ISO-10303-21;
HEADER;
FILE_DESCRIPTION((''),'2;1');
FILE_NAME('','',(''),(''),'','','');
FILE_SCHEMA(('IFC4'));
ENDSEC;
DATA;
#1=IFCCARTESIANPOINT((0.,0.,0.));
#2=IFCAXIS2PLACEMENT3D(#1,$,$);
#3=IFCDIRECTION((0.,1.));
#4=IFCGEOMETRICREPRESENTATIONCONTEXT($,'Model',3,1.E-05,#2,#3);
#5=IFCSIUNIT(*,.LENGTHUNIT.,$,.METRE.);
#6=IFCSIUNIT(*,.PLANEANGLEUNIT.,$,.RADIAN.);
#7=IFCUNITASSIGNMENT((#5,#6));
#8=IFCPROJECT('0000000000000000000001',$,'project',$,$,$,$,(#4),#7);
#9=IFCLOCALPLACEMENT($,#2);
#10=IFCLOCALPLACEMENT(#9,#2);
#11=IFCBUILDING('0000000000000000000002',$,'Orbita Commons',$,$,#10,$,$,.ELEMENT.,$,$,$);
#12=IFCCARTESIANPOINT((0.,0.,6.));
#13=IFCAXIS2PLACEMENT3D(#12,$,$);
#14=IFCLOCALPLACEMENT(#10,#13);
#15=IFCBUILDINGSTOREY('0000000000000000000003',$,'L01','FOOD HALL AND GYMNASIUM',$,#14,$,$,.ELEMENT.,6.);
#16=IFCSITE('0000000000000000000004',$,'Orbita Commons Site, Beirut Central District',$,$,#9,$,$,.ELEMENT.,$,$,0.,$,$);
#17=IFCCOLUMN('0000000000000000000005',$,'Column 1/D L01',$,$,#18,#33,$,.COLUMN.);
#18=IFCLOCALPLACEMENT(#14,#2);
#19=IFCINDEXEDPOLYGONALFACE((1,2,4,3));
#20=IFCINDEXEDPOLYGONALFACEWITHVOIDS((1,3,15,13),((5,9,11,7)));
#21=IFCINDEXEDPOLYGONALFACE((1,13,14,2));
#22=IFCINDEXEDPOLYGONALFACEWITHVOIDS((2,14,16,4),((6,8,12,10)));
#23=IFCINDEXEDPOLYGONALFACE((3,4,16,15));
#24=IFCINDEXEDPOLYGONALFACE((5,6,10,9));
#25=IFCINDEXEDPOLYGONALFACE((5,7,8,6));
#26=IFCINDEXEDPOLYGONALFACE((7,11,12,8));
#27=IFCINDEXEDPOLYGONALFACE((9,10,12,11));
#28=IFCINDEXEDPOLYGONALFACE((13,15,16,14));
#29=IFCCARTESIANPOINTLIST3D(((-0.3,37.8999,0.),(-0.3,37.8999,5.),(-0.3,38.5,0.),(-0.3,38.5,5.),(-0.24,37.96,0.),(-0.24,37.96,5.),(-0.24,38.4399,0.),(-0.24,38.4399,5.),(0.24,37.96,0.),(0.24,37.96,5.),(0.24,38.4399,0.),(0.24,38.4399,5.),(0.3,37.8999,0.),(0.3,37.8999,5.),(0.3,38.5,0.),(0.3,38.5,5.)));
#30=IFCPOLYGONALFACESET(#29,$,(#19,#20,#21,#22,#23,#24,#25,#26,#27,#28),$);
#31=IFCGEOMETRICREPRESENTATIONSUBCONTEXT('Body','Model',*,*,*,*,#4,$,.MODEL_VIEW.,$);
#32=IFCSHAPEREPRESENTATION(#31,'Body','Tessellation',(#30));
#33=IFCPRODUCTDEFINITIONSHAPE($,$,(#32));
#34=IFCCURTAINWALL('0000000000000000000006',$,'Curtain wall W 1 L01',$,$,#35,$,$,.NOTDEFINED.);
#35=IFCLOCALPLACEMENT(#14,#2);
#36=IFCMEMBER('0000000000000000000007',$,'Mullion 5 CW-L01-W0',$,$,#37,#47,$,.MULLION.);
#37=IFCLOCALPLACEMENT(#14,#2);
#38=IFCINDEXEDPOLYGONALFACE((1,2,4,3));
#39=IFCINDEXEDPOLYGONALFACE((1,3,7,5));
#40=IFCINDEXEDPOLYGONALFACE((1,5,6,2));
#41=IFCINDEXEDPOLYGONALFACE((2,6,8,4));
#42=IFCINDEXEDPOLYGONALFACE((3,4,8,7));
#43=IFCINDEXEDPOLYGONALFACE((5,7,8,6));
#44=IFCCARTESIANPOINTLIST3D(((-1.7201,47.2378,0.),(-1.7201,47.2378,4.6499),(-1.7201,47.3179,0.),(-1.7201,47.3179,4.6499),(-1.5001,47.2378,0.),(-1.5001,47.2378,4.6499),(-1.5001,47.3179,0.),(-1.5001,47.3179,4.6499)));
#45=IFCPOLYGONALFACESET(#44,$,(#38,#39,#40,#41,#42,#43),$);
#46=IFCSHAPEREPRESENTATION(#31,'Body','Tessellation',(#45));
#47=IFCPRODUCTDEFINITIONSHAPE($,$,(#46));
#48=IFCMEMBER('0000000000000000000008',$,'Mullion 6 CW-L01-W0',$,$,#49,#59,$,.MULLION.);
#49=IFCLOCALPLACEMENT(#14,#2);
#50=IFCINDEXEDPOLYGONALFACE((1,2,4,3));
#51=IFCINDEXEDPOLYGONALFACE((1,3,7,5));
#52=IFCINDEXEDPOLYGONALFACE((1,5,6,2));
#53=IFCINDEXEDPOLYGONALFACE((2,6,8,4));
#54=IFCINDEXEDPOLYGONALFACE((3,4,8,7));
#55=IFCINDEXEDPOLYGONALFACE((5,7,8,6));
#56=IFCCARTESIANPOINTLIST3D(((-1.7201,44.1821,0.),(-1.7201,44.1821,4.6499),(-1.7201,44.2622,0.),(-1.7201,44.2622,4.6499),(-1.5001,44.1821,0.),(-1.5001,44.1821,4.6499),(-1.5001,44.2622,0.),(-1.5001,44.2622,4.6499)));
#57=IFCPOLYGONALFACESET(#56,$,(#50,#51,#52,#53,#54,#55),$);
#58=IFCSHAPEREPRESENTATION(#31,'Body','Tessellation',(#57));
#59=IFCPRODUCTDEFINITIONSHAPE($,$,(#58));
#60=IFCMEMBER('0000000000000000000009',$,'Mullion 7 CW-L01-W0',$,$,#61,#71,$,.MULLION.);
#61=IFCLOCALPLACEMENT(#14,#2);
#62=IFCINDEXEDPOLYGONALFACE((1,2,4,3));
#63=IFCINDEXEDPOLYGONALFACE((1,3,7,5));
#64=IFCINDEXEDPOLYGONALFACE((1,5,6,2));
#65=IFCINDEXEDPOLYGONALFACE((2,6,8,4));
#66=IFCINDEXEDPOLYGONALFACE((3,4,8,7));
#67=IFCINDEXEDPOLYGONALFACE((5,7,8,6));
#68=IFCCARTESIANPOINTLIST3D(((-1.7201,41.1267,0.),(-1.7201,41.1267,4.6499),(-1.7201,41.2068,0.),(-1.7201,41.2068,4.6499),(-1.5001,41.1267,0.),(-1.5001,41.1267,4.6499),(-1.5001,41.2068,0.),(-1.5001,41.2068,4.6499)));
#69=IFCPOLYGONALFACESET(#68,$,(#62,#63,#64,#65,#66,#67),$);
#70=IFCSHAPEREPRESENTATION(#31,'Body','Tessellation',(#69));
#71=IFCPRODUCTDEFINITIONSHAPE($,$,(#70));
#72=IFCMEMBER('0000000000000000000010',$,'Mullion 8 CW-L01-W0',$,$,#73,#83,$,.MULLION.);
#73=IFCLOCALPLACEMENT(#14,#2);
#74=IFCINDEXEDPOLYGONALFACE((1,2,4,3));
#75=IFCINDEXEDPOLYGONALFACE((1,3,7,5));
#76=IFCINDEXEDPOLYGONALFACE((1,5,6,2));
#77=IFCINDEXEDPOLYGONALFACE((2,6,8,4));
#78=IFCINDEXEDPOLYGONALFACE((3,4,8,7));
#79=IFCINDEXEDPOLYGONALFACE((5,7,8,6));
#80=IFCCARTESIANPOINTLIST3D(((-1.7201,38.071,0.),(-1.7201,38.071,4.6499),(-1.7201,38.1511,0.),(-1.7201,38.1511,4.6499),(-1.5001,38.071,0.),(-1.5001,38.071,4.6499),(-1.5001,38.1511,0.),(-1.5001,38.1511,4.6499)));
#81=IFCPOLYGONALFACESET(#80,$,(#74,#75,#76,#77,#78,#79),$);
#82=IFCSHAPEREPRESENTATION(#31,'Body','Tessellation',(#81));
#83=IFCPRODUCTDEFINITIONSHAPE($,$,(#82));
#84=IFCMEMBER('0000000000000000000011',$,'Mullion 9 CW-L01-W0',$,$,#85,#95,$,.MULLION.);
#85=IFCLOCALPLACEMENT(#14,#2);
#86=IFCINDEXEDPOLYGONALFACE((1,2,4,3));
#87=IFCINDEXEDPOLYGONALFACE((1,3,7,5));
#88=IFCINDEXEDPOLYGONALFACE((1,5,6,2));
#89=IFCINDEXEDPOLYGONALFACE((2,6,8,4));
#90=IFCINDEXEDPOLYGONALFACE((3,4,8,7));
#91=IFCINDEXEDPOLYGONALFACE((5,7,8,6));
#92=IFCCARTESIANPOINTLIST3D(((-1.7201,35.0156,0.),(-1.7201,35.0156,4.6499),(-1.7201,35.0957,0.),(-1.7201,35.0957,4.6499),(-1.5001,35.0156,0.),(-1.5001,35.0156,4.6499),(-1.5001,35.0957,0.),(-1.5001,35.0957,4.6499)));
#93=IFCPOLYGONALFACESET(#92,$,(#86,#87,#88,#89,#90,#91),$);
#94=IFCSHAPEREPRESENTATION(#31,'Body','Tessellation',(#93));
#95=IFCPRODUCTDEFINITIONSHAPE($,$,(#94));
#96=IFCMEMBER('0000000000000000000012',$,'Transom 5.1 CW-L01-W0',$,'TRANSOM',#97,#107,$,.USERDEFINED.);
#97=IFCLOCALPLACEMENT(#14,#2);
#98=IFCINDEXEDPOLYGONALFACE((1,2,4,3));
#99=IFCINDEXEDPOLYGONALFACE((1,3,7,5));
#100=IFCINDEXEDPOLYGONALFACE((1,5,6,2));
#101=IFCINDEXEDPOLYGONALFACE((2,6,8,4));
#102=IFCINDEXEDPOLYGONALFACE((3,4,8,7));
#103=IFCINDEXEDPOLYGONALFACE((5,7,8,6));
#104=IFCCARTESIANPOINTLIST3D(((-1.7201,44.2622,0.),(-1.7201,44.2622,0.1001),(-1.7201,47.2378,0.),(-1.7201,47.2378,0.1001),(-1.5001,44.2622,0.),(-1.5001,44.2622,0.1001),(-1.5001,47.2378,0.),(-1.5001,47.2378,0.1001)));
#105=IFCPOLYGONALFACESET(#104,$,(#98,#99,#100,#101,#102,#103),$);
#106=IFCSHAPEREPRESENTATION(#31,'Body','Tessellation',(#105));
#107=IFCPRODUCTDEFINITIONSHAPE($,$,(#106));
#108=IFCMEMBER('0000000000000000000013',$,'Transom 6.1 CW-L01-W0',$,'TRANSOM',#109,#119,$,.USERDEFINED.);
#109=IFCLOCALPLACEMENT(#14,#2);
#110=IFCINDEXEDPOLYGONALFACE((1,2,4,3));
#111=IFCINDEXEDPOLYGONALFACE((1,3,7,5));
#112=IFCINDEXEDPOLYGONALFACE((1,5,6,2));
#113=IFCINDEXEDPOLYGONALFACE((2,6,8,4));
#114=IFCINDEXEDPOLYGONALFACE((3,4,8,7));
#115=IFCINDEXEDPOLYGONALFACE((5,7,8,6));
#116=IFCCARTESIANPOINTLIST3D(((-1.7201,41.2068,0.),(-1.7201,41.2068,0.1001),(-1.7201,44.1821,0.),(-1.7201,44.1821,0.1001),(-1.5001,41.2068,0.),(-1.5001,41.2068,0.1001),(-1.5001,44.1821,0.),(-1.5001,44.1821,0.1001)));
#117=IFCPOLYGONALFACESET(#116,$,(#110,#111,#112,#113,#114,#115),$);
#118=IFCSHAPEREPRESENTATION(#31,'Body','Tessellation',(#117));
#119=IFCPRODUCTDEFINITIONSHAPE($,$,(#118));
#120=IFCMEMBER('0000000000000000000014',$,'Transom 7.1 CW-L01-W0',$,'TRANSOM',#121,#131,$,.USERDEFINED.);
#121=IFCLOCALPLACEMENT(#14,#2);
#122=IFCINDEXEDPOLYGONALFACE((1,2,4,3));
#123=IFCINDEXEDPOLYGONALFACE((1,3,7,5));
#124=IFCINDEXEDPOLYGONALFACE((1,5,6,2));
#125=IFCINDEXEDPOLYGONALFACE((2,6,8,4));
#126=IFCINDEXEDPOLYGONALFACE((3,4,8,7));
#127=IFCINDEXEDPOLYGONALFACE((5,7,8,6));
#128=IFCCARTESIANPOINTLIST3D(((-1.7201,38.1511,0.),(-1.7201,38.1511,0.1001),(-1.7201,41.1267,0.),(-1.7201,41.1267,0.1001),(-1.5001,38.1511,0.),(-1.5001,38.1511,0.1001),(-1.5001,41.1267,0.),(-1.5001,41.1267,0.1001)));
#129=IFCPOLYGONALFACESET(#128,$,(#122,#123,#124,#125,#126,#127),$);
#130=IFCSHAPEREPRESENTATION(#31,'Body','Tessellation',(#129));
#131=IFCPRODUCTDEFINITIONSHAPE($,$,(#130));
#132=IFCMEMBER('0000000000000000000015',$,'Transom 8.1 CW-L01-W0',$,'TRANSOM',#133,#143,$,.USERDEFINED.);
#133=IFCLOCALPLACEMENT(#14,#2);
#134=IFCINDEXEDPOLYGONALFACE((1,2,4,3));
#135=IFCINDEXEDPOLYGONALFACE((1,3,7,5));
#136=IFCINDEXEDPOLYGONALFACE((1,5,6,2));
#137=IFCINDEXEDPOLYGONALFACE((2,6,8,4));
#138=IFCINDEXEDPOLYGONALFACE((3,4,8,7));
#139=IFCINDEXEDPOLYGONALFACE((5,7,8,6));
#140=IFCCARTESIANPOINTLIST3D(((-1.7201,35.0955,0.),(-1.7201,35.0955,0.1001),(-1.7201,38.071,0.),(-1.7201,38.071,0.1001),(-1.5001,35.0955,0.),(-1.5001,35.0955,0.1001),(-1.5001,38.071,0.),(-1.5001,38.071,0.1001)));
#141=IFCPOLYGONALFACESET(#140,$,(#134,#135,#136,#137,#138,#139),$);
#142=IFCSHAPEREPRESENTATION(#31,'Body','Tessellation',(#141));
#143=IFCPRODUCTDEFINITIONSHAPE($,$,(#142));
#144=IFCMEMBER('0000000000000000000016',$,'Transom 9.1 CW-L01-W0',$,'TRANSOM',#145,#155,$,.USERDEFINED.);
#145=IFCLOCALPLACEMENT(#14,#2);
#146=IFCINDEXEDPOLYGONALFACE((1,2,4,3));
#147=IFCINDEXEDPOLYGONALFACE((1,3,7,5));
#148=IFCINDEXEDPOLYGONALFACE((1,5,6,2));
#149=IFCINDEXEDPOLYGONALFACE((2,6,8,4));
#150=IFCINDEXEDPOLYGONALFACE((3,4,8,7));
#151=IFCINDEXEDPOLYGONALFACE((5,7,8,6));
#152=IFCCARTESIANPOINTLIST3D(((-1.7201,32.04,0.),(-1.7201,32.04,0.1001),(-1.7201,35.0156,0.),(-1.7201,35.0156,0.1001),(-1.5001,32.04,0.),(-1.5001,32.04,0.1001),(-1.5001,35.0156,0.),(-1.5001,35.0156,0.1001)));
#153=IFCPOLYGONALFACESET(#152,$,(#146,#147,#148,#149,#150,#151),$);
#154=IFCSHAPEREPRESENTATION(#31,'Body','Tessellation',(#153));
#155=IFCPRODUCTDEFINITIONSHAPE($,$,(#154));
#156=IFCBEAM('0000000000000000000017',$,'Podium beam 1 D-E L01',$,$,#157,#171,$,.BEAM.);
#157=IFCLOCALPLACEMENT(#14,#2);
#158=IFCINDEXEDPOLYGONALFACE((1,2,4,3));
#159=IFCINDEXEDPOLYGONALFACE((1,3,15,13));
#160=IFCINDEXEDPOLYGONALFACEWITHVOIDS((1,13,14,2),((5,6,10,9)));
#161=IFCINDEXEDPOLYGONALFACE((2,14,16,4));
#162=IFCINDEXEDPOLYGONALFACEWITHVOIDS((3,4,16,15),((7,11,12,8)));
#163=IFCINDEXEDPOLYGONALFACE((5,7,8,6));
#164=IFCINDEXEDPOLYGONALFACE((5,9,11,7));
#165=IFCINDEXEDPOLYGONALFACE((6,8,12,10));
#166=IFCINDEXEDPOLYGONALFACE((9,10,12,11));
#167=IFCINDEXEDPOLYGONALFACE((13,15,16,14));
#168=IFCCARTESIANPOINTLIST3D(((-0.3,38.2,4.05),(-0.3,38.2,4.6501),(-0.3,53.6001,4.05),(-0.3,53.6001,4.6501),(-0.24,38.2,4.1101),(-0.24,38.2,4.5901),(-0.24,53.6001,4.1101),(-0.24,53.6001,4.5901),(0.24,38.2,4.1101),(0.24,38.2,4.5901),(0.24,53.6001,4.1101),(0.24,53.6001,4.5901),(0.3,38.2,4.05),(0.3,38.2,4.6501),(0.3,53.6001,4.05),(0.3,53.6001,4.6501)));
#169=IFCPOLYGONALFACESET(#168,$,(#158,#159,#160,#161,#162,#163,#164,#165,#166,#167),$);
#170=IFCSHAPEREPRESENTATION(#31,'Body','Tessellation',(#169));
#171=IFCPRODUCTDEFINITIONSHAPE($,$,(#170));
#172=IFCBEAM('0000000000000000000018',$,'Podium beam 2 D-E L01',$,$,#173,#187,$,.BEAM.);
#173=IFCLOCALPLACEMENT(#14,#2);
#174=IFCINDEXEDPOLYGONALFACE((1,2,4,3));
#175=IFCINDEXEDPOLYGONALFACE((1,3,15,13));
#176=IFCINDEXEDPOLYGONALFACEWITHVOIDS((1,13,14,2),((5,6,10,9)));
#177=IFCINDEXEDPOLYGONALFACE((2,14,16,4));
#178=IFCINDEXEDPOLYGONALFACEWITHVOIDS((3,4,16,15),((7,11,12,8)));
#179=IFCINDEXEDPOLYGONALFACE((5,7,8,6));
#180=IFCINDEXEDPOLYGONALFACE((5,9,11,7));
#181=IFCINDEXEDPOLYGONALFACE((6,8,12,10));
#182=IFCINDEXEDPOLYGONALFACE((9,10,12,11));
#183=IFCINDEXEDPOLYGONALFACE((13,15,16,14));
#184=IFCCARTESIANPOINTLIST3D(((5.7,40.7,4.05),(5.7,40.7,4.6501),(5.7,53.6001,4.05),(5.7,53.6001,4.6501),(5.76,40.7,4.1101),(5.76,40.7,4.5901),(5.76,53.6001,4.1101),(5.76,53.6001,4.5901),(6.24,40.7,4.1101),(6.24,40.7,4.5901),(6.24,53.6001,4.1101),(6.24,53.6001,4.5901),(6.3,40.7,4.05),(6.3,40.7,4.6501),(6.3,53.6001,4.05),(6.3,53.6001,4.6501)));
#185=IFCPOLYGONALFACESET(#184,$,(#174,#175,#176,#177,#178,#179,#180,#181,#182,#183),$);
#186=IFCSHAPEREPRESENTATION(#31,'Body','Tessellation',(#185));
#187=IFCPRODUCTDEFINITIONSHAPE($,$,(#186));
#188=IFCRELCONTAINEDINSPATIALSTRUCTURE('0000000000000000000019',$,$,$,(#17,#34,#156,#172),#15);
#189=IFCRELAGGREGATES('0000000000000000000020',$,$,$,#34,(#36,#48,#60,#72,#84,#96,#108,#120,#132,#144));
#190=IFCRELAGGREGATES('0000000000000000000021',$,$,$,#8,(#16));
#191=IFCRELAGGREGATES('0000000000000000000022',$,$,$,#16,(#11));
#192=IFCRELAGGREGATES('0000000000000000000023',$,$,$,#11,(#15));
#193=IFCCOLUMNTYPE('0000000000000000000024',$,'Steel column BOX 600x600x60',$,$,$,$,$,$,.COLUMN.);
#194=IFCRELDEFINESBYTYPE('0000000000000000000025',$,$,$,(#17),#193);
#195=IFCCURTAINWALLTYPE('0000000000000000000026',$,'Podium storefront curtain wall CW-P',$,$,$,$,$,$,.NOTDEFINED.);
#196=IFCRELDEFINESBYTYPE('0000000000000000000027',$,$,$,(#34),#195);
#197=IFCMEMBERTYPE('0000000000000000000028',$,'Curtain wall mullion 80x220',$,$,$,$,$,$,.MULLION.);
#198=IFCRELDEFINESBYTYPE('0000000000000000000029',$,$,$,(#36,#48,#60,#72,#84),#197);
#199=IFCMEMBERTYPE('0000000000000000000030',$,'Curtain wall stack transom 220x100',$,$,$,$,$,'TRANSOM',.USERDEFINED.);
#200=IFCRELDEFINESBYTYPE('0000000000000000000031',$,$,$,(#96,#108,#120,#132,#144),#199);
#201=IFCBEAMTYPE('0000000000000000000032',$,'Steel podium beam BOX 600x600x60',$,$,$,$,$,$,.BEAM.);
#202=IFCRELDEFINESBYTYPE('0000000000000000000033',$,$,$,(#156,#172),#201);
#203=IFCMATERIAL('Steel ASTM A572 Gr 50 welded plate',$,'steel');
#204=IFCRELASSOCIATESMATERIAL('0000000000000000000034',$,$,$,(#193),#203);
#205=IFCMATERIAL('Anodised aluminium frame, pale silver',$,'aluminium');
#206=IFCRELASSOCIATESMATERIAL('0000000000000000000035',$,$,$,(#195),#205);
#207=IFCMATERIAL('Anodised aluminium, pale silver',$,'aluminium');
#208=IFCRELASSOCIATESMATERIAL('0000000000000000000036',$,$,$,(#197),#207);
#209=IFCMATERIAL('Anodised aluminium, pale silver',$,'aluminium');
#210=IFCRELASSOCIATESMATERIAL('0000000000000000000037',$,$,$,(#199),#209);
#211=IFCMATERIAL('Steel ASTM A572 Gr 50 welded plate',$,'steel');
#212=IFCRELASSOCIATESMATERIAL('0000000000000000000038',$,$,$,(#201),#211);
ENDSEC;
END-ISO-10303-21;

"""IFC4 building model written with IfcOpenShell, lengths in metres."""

from ifc_helpers import new_model, si_unit, direction, frame, origin, origin_2d, place, context, subcontext, project, spatial, rectangle, hollow_rectangle, extrude, material, material_profile, profile_set, type_object, element, aggregate, save


model = new_model("IFC4")

# Units and contexts
model_context = context("Model", 3, precision=1e-05, world=origin(), true_north=direction((0.0, 1.0)))
body_context = subcontext(model_context, "Body", "Model", "MODEL_VIEW")
ifc_project = project(units=[si_unit("LENGTHUNIT", "METRE"), si_unit("PLANEANGLEUNIT", "RADIAN")], contexts=[model_context])

# Site, building, storey
site_placement = place(None, origin())
site = spatial("IfcSite", under=ifc_project, at=site_placement, Name="Orbita Commons Site, Beirut Central District", CompositionType="ELEMENT", RefElevation=0.0)
building_placement = place(site_placement, origin())
building = spatial("IfcBuilding", under=site, at=building_placement, Name="Orbita Commons", CompositionType="ELEMENT")
storey_placement = place(building_placement, frame((0.0, 0.0, 6.0)))
storey = spatial("IfcBuildingStorey", under=building, at=storey_placement, Name="L01", Description="FOOD HALL AND GYMNASIUM", CompositionType="ELEMENT", Elevation=6.0)

# Column
ifc_material_1 = material(Name="Steel ASTM A572 Gr 50 welded plate", Category="steel")
ifc_material_profile_1 = material_profile(ifc_material_1, hollow_rectangle(XDim=0.6001, YDim=0.6001, WallThickness=0.0601, at=origin_2d()), Name="BOX 600x600x60")
ifc_profile_set_1 = profile_set([ifc_material_profile_1], Name="Steel ASTM A572 Gr 50 welded plate")
column_type = type_object("IfcColumnType", Name="Steel column BOX 600x600x60", PredefinedType="COLUMN", material=ifc_profile_set_1)
column_placement = place(storey_placement, frame((0.0, 38.2, 0.0), z_axis=(0.0, 0.0, 1.0), x_axis=(1.0, 0.0, 0.0)))
element("IfcColumn", 1, at=column_placement, inside=storey, type_object=column_type, Name="Column 1/D L01", PredefinedType="COLUMN", context=body_context, shape_type="SweptSolid", body=[
    extrude(hollow_rectangle(XDim=0.6001, YDim=0.6001, WallThickness=0.0601, at=origin_2d()), origin(), (0.0, 0.0, 1.0), 5.0),
])

# Curtain wall, members
ifc_material_2 = material(Name="Anodised aluminium frame, pale silver", Category="aluminium")
curtain_wall_type = type_object("IfcCurtainWallType", Name="Podium storefront curtain wall CW-P", PredefinedType="NOTDEFINED", material=ifc_material_2)
curtain_wall_placement = place(storey_placement, origin())
curtain_wall = element("IfcCurtainWall", 2, at=curtain_wall_placement, inside=storey, type_object=curtain_wall_type, Name="Curtain wall W 1 L01", PredefinedType="NOTDEFINED")
ifc_material_3 = material(Name="Anodised aluminium, pale silver", Category="aluminium")
ifc_material_profile_2 = material_profile(ifc_material_3, rectangle(XDim=0.0801, YDim=0.22, at=origin_2d()), Name="AL 80x220")
ifc_profile_set_2 = profile_set([ifc_material_profile_2], Name="Anodised aluminium, pale silver")
member_type_1 = type_object("IfcMemberType", Name="Curtain wall mullion 80x220", PredefinedType="MULLION", material=ifc_profile_set_2)
member_1_placement = place(storey_placement, frame((-1.6101, 47.2778, 0.0), z_axis=(0.0, 0.0, 1.0), x_axis=(0.0, -1.0, 0.0)))
member_1 = element("IfcMember", 3, at=member_1_placement, type_object=member_type_1, Name="Mullion 5 CW-L01-W0", PredefinedType="MULLION", context=body_context, shape_type="SweptSolid", body=[
    extrude(rectangle(XDim=0.0801, YDim=0.22, at=origin_2d()), origin(), (0.0, 0.0, 1.0), 4.6499),
])
member_2_placement = place(storey_placement, frame((-1.6101, 44.2222, 0.0), z_axis=(0.0, 0.0, 1.0), x_axis=(0.0, -1.0, 0.0)))
member_2 = element("IfcMember", 4, at=member_2_placement, type_object=member_type_1, Name="Mullion 6 CW-L01-W0", PredefinedType="MULLION", context=body_context, shape_type="SweptSolid", body=[
    extrude(rectangle(XDim=0.0801, YDim=0.22, at=origin_2d()), origin(), (0.0, 0.0, 1.0), 4.6499),
])
member_3_placement = place(storey_placement, frame((-1.6101, 41.1667, 0.0), z_axis=(0.0, 0.0, 1.0), x_axis=(0.0, -1.0, 0.0)))
member_3 = element("IfcMember", 5, at=member_3_placement, type_object=member_type_1, Name="Mullion 7 CW-L01-W0", PredefinedType="MULLION", context=body_context, shape_type="SweptSolid", body=[
    extrude(rectangle(XDim=0.0801, YDim=0.22, at=origin_2d()), origin(), (0.0, 0.0, 1.0), 4.6499),
])
member_4_placement = place(storey_placement, frame((-1.6101, 38.1111, 0.0), z_axis=(0.0, 0.0, 1.0), x_axis=(0.0, -1.0, 0.0)))
member_4 = element("IfcMember", 6, at=member_4_placement, type_object=member_type_1, Name="Mullion 8 CW-L01-W0", PredefinedType="MULLION", context=body_context, shape_type="SweptSolid", body=[
    extrude(rectangle(XDim=0.0801, YDim=0.22, at=origin_2d()), origin(), (0.0, 0.0, 1.0), 4.6499),
])
member_5_placement = place(storey_placement, frame((-1.6101, 35.0557, 0.0), z_axis=(0.0, 0.0, 1.0), x_axis=(0.0, -1.0, 0.0)))
member_5 = element("IfcMember", 7, at=member_5_placement, type_object=member_type_1, Name="Mullion 9 CW-L01-W0", PredefinedType="MULLION", context=body_context, shape_type="SweptSolid", body=[
    extrude(rectangle(XDim=0.0801, YDim=0.22, at=origin_2d()), origin(), (0.0, 0.0, 1.0), 4.6499),
])
ifc_material_4 = material(Name="Anodised aluminium, pale silver", Category="aluminium")
ifc_material_profile_3 = material_profile(ifc_material_4, rectangle(XDim=0.22, YDim=0.1001, at=origin_2d()), Name="AL 220x100")
ifc_profile_set_3 = profile_set([ifc_material_profile_3], Name="Anodised aluminium, pale silver")
member_type_2 = type_object("IfcMemberType", Name="Curtain wall stack transom 220x100", ElementType="TRANSOM", PredefinedType="USERDEFINED", material=ifc_profile_set_3)
member_6_placement = place(storey_placement, frame((-1.6101, 47.2378, 0.05), z_axis=(0.0, -1.0, 0.0), x_axis=(1.0, 0.0, 0.0)))
member_6 = element("IfcMember", 8, at=member_6_placement, type_object=member_type_2, Name="Transom 5.1 CW-L01-W0", ObjectType="TRANSOM", PredefinedType="USERDEFINED", context=body_context, shape_type="SweptSolid", body=[
    extrude(rectangle(XDim=0.22, YDim=0.1001, at=origin_2d()), origin(), (0.0, 0.0, 1.0), 2.9756),
])
member_7_placement = place(storey_placement, frame((-1.6101, 44.1821, 0.05), z_axis=(0.0, -1.0, 0.0), x_axis=(1.0, 0.0, 0.0)))
member_7 = element("IfcMember", 9, at=member_7_placement, type_object=member_type_2, Name="Transom 6.1 CW-L01-W0", ObjectType="TRANSOM", PredefinedType="USERDEFINED", context=body_context, shape_type="SweptSolid", body=[
    extrude(rectangle(XDim=0.22, YDim=0.1001, at=origin_2d()), origin(), (0.0, 0.0, 1.0), 2.9753),
])
member_8_placement = place(storey_placement, frame((-1.6101, 41.1267, 0.05), z_axis=(0.0, -1.0, 0.0), x_axis=(1.0, 0.0, 0.0)))
member_8 = element("IfcMember", 10, at=member_8_placement, type_object=member_type_2, Name="Transom 7.1 CW-L01-W0", ObjectType="TRANSOM", PredefinedType="USERDEFINED", context=body_context, shape_type="SweptSolid", body=[
    extrude(rectangle(XDim=0.22, YDim=0.1001, at=origin_2d()), origin(), (0.0, 0.0, 1.0), 2.9756),
])
member_9_placement = place(storey_placement, frame((-1.6101, 38.071, 0.05), z_axis=(0.0, -1.0, 0.0), x_axis=(1.0, 0.0, 0.0)))
member_9 = element("IfcMember", 11, at=member_9_placement, type_object=member_type_2, Name="Transom 8.1 CW-L01-W0", ObjectType="TRANSOM", PredefinedType="USERDEFINED", context=body_context, shape_type="SweptSolid", body=[
    extrude(rectangle(XDim=0.22, YDim=0.1001, at=origin_2d()), origin(), (0.0, 0.0, 1.0), 2.9756),
])
member_10_placement = place(storey_placement, frame((-1.6101, 35.0156, 0.05), z_axis=(0.0, -1.0, 0.0), x_axis=(1.0, 0.0, 0.0)))
member_10 = element("IfcMember", 12, at=member_10_placement, type_object=member_type_2, Name="Transom 9.1 CW-L01-W0", ObjectType="TRANSOM", PredefinedType="USERDEFINED", context=body_context, shape_type="SweptSolid", body=[
    extrude(rectangle(XDim=0.22, YDim=0.1001, at=origin_2d()), origin(), (0.0, 0.0, 1.0), 2.9756),
])

# Beams
ifc_material_5 = material(Name="Steel ASTM A572 Gr 50 welded plate", Category="steel")
ifc_material_profile_4 = material_profile(ifc_material_5, hollow_rectangle(XDim=0.6001, YDim=0.6001, WallThickness=0.0601, at=origin_2d()), Name="BOX 600x600x60")
ifc_profile_set_4 = profile_set([ifc_material_profile_4], Name="Steel ASTM A572 Gr 50 welded plate")
beam_type = type_object("IfcBeamType", Name="Steel podium beam BOX 600x600x60", PredefinedType="BEAM", material=ifc_profile_set_4)
beam_1_placement = place(storey_placement, frame((0.0, 38.2, 4.3501), z_axis=(0.0, 1.0, 0.0), x_axis=(-1.0, 0.0, 0.0)))
element("IfcBeam", 13, at=beam_1_placement, inside=storey, type_object=beam_type, Name="Podium beam 1 D-E L01", PredefinedType="BEAM", context=body_context, shape_type="SweptSolid", body=[
    extrude(hollow_rectangle(XDim=0.6001, YDim=0.6001, WallThickness=0.0601, at=origin_2d()), origin(), (0.0, 0.0, 1.0), 15.4001),
])
beam_2_placement = place(storey_placement, frame((6.0, 40.7, 4.3501), z_axis=(0.0, 1.0, 0.0), x_axis=(-1.0, 0.0, 0.0)))
element("IfcBeam", 14, at=beam_2_placement, inside=storey, type_object=beam_type, Name="Podium beam 2 D-E L01", PredefinedType="BEAM", context=body_context, shape_type="SweptSolid", body=[
    extrude(hollow_rectangle(XDim=0.6001, YDim=0.6001, WallThickness=0.0601, at=origin_2d()), origin(), (0.0, 0.0, 1.0), 12.9001),
])

aggregate(curtain_wall, [member_1, member_2, member_3, member_4, member_5, member_6, member_7, member_8, member_9, member_10])

save(model, "model.ifc")
